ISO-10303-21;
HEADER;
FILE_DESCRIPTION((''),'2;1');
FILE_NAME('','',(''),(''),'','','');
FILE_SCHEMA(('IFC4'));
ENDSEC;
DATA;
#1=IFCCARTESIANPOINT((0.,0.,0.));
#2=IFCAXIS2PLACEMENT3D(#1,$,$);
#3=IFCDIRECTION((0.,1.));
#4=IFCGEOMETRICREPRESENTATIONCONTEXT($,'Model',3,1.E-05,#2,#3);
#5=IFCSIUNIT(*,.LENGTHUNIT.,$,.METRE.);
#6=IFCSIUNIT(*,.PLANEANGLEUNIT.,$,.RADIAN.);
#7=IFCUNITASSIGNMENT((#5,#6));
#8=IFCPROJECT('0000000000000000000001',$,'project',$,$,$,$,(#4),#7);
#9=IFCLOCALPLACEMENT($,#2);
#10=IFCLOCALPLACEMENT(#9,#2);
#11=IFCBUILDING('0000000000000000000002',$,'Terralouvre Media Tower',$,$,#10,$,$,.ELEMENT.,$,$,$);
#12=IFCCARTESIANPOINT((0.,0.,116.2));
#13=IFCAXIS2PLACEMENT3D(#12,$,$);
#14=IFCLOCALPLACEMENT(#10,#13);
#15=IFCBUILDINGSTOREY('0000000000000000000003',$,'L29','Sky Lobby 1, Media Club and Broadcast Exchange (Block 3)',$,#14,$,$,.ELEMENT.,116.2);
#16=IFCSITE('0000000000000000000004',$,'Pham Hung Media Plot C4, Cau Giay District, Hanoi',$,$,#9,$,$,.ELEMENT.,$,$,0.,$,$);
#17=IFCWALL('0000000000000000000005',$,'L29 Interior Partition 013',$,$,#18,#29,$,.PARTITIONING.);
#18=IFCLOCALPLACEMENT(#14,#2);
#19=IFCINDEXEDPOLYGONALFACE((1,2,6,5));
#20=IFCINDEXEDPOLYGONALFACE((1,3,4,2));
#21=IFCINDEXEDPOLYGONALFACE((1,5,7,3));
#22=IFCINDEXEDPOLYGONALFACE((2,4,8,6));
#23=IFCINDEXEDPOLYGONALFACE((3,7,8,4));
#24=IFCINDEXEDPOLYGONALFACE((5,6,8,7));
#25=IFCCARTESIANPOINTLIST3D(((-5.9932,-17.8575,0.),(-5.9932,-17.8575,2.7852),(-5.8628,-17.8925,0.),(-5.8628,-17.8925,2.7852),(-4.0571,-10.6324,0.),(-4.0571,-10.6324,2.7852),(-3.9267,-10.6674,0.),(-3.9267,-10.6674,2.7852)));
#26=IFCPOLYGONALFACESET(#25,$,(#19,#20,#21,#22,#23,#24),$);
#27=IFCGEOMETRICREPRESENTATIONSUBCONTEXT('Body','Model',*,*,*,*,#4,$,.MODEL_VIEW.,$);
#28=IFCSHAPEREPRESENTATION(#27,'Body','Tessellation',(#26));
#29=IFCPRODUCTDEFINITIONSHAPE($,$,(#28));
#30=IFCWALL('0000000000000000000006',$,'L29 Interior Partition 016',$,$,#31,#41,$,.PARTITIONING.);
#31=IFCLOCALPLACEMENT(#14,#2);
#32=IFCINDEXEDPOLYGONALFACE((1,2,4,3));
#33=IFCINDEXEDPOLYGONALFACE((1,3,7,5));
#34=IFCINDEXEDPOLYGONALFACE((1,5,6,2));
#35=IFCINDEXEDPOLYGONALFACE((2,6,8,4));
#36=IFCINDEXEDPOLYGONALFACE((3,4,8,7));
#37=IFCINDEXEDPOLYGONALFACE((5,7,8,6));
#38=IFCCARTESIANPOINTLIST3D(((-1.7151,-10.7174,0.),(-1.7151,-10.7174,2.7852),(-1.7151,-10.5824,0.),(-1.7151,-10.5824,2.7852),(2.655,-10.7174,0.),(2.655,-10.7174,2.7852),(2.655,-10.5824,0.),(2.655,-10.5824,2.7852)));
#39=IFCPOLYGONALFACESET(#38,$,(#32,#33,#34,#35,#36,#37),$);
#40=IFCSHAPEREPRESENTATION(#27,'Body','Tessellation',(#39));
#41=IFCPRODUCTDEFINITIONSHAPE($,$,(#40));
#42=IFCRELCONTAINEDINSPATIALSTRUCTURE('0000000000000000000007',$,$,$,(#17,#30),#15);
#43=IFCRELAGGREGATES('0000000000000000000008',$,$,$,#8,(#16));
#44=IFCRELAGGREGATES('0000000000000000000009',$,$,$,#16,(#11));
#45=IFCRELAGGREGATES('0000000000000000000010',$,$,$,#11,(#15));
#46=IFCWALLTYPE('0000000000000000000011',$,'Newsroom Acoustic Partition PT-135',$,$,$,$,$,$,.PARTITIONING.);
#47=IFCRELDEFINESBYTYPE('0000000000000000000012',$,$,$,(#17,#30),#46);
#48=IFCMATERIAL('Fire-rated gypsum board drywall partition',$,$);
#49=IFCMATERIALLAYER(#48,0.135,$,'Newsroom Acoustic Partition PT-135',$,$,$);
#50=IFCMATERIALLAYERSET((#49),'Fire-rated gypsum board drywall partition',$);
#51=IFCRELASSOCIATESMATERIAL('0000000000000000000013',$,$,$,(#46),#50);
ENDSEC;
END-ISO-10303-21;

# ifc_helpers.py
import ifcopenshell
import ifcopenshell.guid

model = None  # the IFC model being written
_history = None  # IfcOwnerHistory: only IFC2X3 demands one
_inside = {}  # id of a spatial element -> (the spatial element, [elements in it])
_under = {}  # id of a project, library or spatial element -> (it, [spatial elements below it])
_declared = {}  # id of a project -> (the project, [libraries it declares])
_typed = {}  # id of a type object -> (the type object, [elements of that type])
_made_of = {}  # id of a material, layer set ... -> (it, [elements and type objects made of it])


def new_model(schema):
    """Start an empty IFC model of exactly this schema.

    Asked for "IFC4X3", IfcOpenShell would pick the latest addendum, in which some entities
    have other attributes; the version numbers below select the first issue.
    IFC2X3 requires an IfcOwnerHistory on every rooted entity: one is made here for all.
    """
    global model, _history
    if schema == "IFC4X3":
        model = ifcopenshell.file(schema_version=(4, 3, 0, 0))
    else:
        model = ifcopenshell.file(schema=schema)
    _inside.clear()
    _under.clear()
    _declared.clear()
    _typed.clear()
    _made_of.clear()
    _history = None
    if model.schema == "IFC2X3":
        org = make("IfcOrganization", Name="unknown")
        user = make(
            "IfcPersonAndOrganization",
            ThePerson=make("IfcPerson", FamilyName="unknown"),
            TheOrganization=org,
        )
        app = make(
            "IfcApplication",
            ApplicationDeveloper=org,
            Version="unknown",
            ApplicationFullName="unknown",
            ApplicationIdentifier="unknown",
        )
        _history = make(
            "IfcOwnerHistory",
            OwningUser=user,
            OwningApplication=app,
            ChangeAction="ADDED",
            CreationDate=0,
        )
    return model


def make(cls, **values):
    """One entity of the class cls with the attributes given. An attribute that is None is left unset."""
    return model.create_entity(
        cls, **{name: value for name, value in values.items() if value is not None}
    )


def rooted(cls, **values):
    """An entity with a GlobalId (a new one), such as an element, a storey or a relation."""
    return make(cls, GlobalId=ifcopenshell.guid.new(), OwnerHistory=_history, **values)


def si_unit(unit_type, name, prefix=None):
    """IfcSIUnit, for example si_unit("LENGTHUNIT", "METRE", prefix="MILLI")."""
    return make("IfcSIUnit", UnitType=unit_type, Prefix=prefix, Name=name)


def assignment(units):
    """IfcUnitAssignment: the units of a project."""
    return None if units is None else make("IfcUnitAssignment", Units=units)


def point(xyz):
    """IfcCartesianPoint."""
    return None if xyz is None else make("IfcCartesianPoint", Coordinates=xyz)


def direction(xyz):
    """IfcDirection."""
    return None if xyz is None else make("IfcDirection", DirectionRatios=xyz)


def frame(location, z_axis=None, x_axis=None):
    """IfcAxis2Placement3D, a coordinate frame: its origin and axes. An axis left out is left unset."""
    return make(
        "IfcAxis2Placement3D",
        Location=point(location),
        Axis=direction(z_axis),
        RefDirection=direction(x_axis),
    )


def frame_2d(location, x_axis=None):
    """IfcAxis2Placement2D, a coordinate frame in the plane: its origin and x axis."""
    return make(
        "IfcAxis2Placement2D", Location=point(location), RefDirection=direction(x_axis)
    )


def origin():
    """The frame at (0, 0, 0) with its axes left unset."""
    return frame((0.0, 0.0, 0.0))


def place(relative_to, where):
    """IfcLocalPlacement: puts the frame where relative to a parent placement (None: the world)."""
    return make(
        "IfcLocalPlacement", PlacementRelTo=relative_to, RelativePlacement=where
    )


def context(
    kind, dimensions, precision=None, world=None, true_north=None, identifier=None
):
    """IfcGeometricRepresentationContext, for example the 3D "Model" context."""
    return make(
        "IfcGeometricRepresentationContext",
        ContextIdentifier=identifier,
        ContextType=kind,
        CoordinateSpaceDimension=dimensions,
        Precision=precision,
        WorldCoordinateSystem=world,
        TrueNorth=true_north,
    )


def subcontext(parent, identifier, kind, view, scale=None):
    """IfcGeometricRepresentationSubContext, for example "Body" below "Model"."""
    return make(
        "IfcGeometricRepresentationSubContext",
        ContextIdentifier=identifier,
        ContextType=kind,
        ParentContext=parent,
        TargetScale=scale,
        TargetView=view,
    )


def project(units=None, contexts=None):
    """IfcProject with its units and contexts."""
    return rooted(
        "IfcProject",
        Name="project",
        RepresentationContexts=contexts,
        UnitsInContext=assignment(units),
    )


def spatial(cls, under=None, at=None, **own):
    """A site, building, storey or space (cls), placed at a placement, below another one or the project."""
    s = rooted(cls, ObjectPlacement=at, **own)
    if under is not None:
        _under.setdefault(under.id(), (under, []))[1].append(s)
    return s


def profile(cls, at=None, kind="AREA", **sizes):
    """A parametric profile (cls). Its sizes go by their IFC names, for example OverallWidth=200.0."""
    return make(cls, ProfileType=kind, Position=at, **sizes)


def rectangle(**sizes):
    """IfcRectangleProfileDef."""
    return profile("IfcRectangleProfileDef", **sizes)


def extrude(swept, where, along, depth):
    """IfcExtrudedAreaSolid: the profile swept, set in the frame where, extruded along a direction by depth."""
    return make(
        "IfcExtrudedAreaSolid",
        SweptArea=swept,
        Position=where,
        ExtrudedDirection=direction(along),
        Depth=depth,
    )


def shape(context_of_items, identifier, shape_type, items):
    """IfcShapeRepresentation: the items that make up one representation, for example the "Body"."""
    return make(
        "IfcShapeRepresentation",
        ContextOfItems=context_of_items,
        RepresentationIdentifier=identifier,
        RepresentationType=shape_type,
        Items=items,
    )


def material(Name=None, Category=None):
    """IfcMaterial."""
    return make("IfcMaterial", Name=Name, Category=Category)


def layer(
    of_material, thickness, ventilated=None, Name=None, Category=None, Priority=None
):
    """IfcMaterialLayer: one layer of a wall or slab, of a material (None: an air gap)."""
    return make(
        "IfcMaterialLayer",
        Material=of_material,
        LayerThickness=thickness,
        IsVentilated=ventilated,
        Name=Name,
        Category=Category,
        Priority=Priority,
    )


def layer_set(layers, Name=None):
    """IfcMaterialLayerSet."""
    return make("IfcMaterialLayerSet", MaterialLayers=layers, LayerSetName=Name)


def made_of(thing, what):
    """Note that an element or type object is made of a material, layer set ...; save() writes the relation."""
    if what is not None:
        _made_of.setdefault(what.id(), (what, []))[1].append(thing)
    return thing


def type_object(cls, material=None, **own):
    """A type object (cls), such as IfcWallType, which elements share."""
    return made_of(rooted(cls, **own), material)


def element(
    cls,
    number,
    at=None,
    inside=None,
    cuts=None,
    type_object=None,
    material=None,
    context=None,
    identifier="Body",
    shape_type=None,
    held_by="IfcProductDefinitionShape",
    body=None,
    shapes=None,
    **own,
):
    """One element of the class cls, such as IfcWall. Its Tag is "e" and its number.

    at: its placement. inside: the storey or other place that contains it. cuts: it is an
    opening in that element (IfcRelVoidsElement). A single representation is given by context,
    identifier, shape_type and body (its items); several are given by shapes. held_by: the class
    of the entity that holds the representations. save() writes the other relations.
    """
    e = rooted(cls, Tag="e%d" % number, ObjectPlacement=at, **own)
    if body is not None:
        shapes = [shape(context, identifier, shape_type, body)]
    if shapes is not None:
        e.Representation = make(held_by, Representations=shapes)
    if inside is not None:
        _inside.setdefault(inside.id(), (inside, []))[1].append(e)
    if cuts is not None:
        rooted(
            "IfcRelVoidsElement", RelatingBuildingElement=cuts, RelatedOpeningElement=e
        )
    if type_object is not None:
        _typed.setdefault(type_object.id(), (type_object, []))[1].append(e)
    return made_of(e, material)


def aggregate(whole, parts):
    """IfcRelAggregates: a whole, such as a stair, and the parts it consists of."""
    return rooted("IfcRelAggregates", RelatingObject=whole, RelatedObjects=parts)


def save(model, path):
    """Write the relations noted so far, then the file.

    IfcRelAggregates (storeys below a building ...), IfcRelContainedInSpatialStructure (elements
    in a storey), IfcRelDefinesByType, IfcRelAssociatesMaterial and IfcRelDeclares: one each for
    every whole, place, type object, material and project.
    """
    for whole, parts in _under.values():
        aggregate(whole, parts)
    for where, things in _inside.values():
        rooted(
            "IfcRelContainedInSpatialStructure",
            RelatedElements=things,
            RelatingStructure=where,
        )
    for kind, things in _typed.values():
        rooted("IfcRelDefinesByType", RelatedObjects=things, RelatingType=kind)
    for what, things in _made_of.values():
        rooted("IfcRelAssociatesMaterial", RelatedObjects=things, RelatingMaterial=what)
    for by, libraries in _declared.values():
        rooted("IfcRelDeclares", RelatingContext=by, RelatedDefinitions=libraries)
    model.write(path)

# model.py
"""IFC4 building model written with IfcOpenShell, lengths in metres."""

from ifc_helpers import new_model, si_unit, direction, frame, frame_2d, origin, place, context, subcontext, project, spatial, rectangle, extrude, material, layer, layer_set, type_object, element, save


model = new_model("IFC4")

# Units and contexts
model_context = context("Model", 3, precision=1e-05, world=origin(), true_north=direction((0.0, 1.0)))
body_context = subcontext(model_context, "Body", "Model", "MODEL_VIEW")
ifc_project = project(units=[si_unit("LENGTHUNIT", "METRE"), si_unit("PLANEANGLEUNIT", "RADIAN")], contexts=[model_context])

# Site, building, storey
site_placement = place(None, origin())
site = spatial("IfcSite", under=ifc_project, at=site_placement, Name="Pham Hung Media Plot C4, Cau Giay District, Hanoi", CompositionType="ELEMENT", RefElevation=0.0)
building_placement = place(site_placement, origin())
building = spatial("IfcBuilding", under=site, at=building_placement, Name="Terralouvre Media Tower", CompositionType="ELEMENT")
storey_placement = place(building_placement, frame((0.0, 0.0, 116.2)))
storey = spatial("IfcBuildingStorey", under=building, at=storey_placement, Name="L29", Description="Sky Lobby 1, Media Club and Broadcast Exchange (Block 3)", CompositionType="ELEMENT", Elevation=116.2)

# Walls
ifc_material_1 = material(Name="Fire-rated gypsum board drywall partition")
ifc_layer_1 = layer(ifc_material_1, 0.135, Name="Newsroom Acoustic Partition PT-135")
ifc_layer_set_1 = layer_set([ifc_layer_1], Name="Fire-rated gypsum board drywall partition")
wall_type_1 = type_object("IfcWallType", Name="Newsroom Acoustic Partition PT-135", PredefinedType="PARTITIONING", material=ifc_layer_set_1)
wall_1_placement = place(storey_placement, frame((-3.9919, -10.6499, 0.0), z_axis=(0.0, 0.0, 1.0), x_axis=(-0.258829, -0.965923, 0.0)))
element("IfcWall", 1, at=wall_1_placement, inside=storey, type_object=wall_type_1, Name="L29 Interior Partition 013", PredefinedType="PARTITIONING", context=body_context, shape_type="SweptSolid", body=[
    extrude(rectangle(XDim=7.48, YDim=0.135, at=frame_2d((3.74, 0.0))), origin(), (0.0, 0.0, 1.0), 2.7852),
])
wall_2_placement = place(storey_placement, frame((-1.7151, -10.6499, 0.0), z_axis=(0.0, 0.0, 1.0), x_axis=(1.0, 0.0, 0.0)))
element("IfcWall", 2, at=wall_2_placement, inside=storey, type_object=wall_type_1, Name="L29 Interior Partition 016", PredefinedType="PARTITIONING", context=body_context, shape_type="SweptSolid", body=[
    extrude(rectangle(XDim=4.3701, YDim=0.135, at=frame_2d((2.1851, 0.0))), origin(), (0.0, 0.0, 1.0), 2.7852),
])

save(model, "model.ifc")
